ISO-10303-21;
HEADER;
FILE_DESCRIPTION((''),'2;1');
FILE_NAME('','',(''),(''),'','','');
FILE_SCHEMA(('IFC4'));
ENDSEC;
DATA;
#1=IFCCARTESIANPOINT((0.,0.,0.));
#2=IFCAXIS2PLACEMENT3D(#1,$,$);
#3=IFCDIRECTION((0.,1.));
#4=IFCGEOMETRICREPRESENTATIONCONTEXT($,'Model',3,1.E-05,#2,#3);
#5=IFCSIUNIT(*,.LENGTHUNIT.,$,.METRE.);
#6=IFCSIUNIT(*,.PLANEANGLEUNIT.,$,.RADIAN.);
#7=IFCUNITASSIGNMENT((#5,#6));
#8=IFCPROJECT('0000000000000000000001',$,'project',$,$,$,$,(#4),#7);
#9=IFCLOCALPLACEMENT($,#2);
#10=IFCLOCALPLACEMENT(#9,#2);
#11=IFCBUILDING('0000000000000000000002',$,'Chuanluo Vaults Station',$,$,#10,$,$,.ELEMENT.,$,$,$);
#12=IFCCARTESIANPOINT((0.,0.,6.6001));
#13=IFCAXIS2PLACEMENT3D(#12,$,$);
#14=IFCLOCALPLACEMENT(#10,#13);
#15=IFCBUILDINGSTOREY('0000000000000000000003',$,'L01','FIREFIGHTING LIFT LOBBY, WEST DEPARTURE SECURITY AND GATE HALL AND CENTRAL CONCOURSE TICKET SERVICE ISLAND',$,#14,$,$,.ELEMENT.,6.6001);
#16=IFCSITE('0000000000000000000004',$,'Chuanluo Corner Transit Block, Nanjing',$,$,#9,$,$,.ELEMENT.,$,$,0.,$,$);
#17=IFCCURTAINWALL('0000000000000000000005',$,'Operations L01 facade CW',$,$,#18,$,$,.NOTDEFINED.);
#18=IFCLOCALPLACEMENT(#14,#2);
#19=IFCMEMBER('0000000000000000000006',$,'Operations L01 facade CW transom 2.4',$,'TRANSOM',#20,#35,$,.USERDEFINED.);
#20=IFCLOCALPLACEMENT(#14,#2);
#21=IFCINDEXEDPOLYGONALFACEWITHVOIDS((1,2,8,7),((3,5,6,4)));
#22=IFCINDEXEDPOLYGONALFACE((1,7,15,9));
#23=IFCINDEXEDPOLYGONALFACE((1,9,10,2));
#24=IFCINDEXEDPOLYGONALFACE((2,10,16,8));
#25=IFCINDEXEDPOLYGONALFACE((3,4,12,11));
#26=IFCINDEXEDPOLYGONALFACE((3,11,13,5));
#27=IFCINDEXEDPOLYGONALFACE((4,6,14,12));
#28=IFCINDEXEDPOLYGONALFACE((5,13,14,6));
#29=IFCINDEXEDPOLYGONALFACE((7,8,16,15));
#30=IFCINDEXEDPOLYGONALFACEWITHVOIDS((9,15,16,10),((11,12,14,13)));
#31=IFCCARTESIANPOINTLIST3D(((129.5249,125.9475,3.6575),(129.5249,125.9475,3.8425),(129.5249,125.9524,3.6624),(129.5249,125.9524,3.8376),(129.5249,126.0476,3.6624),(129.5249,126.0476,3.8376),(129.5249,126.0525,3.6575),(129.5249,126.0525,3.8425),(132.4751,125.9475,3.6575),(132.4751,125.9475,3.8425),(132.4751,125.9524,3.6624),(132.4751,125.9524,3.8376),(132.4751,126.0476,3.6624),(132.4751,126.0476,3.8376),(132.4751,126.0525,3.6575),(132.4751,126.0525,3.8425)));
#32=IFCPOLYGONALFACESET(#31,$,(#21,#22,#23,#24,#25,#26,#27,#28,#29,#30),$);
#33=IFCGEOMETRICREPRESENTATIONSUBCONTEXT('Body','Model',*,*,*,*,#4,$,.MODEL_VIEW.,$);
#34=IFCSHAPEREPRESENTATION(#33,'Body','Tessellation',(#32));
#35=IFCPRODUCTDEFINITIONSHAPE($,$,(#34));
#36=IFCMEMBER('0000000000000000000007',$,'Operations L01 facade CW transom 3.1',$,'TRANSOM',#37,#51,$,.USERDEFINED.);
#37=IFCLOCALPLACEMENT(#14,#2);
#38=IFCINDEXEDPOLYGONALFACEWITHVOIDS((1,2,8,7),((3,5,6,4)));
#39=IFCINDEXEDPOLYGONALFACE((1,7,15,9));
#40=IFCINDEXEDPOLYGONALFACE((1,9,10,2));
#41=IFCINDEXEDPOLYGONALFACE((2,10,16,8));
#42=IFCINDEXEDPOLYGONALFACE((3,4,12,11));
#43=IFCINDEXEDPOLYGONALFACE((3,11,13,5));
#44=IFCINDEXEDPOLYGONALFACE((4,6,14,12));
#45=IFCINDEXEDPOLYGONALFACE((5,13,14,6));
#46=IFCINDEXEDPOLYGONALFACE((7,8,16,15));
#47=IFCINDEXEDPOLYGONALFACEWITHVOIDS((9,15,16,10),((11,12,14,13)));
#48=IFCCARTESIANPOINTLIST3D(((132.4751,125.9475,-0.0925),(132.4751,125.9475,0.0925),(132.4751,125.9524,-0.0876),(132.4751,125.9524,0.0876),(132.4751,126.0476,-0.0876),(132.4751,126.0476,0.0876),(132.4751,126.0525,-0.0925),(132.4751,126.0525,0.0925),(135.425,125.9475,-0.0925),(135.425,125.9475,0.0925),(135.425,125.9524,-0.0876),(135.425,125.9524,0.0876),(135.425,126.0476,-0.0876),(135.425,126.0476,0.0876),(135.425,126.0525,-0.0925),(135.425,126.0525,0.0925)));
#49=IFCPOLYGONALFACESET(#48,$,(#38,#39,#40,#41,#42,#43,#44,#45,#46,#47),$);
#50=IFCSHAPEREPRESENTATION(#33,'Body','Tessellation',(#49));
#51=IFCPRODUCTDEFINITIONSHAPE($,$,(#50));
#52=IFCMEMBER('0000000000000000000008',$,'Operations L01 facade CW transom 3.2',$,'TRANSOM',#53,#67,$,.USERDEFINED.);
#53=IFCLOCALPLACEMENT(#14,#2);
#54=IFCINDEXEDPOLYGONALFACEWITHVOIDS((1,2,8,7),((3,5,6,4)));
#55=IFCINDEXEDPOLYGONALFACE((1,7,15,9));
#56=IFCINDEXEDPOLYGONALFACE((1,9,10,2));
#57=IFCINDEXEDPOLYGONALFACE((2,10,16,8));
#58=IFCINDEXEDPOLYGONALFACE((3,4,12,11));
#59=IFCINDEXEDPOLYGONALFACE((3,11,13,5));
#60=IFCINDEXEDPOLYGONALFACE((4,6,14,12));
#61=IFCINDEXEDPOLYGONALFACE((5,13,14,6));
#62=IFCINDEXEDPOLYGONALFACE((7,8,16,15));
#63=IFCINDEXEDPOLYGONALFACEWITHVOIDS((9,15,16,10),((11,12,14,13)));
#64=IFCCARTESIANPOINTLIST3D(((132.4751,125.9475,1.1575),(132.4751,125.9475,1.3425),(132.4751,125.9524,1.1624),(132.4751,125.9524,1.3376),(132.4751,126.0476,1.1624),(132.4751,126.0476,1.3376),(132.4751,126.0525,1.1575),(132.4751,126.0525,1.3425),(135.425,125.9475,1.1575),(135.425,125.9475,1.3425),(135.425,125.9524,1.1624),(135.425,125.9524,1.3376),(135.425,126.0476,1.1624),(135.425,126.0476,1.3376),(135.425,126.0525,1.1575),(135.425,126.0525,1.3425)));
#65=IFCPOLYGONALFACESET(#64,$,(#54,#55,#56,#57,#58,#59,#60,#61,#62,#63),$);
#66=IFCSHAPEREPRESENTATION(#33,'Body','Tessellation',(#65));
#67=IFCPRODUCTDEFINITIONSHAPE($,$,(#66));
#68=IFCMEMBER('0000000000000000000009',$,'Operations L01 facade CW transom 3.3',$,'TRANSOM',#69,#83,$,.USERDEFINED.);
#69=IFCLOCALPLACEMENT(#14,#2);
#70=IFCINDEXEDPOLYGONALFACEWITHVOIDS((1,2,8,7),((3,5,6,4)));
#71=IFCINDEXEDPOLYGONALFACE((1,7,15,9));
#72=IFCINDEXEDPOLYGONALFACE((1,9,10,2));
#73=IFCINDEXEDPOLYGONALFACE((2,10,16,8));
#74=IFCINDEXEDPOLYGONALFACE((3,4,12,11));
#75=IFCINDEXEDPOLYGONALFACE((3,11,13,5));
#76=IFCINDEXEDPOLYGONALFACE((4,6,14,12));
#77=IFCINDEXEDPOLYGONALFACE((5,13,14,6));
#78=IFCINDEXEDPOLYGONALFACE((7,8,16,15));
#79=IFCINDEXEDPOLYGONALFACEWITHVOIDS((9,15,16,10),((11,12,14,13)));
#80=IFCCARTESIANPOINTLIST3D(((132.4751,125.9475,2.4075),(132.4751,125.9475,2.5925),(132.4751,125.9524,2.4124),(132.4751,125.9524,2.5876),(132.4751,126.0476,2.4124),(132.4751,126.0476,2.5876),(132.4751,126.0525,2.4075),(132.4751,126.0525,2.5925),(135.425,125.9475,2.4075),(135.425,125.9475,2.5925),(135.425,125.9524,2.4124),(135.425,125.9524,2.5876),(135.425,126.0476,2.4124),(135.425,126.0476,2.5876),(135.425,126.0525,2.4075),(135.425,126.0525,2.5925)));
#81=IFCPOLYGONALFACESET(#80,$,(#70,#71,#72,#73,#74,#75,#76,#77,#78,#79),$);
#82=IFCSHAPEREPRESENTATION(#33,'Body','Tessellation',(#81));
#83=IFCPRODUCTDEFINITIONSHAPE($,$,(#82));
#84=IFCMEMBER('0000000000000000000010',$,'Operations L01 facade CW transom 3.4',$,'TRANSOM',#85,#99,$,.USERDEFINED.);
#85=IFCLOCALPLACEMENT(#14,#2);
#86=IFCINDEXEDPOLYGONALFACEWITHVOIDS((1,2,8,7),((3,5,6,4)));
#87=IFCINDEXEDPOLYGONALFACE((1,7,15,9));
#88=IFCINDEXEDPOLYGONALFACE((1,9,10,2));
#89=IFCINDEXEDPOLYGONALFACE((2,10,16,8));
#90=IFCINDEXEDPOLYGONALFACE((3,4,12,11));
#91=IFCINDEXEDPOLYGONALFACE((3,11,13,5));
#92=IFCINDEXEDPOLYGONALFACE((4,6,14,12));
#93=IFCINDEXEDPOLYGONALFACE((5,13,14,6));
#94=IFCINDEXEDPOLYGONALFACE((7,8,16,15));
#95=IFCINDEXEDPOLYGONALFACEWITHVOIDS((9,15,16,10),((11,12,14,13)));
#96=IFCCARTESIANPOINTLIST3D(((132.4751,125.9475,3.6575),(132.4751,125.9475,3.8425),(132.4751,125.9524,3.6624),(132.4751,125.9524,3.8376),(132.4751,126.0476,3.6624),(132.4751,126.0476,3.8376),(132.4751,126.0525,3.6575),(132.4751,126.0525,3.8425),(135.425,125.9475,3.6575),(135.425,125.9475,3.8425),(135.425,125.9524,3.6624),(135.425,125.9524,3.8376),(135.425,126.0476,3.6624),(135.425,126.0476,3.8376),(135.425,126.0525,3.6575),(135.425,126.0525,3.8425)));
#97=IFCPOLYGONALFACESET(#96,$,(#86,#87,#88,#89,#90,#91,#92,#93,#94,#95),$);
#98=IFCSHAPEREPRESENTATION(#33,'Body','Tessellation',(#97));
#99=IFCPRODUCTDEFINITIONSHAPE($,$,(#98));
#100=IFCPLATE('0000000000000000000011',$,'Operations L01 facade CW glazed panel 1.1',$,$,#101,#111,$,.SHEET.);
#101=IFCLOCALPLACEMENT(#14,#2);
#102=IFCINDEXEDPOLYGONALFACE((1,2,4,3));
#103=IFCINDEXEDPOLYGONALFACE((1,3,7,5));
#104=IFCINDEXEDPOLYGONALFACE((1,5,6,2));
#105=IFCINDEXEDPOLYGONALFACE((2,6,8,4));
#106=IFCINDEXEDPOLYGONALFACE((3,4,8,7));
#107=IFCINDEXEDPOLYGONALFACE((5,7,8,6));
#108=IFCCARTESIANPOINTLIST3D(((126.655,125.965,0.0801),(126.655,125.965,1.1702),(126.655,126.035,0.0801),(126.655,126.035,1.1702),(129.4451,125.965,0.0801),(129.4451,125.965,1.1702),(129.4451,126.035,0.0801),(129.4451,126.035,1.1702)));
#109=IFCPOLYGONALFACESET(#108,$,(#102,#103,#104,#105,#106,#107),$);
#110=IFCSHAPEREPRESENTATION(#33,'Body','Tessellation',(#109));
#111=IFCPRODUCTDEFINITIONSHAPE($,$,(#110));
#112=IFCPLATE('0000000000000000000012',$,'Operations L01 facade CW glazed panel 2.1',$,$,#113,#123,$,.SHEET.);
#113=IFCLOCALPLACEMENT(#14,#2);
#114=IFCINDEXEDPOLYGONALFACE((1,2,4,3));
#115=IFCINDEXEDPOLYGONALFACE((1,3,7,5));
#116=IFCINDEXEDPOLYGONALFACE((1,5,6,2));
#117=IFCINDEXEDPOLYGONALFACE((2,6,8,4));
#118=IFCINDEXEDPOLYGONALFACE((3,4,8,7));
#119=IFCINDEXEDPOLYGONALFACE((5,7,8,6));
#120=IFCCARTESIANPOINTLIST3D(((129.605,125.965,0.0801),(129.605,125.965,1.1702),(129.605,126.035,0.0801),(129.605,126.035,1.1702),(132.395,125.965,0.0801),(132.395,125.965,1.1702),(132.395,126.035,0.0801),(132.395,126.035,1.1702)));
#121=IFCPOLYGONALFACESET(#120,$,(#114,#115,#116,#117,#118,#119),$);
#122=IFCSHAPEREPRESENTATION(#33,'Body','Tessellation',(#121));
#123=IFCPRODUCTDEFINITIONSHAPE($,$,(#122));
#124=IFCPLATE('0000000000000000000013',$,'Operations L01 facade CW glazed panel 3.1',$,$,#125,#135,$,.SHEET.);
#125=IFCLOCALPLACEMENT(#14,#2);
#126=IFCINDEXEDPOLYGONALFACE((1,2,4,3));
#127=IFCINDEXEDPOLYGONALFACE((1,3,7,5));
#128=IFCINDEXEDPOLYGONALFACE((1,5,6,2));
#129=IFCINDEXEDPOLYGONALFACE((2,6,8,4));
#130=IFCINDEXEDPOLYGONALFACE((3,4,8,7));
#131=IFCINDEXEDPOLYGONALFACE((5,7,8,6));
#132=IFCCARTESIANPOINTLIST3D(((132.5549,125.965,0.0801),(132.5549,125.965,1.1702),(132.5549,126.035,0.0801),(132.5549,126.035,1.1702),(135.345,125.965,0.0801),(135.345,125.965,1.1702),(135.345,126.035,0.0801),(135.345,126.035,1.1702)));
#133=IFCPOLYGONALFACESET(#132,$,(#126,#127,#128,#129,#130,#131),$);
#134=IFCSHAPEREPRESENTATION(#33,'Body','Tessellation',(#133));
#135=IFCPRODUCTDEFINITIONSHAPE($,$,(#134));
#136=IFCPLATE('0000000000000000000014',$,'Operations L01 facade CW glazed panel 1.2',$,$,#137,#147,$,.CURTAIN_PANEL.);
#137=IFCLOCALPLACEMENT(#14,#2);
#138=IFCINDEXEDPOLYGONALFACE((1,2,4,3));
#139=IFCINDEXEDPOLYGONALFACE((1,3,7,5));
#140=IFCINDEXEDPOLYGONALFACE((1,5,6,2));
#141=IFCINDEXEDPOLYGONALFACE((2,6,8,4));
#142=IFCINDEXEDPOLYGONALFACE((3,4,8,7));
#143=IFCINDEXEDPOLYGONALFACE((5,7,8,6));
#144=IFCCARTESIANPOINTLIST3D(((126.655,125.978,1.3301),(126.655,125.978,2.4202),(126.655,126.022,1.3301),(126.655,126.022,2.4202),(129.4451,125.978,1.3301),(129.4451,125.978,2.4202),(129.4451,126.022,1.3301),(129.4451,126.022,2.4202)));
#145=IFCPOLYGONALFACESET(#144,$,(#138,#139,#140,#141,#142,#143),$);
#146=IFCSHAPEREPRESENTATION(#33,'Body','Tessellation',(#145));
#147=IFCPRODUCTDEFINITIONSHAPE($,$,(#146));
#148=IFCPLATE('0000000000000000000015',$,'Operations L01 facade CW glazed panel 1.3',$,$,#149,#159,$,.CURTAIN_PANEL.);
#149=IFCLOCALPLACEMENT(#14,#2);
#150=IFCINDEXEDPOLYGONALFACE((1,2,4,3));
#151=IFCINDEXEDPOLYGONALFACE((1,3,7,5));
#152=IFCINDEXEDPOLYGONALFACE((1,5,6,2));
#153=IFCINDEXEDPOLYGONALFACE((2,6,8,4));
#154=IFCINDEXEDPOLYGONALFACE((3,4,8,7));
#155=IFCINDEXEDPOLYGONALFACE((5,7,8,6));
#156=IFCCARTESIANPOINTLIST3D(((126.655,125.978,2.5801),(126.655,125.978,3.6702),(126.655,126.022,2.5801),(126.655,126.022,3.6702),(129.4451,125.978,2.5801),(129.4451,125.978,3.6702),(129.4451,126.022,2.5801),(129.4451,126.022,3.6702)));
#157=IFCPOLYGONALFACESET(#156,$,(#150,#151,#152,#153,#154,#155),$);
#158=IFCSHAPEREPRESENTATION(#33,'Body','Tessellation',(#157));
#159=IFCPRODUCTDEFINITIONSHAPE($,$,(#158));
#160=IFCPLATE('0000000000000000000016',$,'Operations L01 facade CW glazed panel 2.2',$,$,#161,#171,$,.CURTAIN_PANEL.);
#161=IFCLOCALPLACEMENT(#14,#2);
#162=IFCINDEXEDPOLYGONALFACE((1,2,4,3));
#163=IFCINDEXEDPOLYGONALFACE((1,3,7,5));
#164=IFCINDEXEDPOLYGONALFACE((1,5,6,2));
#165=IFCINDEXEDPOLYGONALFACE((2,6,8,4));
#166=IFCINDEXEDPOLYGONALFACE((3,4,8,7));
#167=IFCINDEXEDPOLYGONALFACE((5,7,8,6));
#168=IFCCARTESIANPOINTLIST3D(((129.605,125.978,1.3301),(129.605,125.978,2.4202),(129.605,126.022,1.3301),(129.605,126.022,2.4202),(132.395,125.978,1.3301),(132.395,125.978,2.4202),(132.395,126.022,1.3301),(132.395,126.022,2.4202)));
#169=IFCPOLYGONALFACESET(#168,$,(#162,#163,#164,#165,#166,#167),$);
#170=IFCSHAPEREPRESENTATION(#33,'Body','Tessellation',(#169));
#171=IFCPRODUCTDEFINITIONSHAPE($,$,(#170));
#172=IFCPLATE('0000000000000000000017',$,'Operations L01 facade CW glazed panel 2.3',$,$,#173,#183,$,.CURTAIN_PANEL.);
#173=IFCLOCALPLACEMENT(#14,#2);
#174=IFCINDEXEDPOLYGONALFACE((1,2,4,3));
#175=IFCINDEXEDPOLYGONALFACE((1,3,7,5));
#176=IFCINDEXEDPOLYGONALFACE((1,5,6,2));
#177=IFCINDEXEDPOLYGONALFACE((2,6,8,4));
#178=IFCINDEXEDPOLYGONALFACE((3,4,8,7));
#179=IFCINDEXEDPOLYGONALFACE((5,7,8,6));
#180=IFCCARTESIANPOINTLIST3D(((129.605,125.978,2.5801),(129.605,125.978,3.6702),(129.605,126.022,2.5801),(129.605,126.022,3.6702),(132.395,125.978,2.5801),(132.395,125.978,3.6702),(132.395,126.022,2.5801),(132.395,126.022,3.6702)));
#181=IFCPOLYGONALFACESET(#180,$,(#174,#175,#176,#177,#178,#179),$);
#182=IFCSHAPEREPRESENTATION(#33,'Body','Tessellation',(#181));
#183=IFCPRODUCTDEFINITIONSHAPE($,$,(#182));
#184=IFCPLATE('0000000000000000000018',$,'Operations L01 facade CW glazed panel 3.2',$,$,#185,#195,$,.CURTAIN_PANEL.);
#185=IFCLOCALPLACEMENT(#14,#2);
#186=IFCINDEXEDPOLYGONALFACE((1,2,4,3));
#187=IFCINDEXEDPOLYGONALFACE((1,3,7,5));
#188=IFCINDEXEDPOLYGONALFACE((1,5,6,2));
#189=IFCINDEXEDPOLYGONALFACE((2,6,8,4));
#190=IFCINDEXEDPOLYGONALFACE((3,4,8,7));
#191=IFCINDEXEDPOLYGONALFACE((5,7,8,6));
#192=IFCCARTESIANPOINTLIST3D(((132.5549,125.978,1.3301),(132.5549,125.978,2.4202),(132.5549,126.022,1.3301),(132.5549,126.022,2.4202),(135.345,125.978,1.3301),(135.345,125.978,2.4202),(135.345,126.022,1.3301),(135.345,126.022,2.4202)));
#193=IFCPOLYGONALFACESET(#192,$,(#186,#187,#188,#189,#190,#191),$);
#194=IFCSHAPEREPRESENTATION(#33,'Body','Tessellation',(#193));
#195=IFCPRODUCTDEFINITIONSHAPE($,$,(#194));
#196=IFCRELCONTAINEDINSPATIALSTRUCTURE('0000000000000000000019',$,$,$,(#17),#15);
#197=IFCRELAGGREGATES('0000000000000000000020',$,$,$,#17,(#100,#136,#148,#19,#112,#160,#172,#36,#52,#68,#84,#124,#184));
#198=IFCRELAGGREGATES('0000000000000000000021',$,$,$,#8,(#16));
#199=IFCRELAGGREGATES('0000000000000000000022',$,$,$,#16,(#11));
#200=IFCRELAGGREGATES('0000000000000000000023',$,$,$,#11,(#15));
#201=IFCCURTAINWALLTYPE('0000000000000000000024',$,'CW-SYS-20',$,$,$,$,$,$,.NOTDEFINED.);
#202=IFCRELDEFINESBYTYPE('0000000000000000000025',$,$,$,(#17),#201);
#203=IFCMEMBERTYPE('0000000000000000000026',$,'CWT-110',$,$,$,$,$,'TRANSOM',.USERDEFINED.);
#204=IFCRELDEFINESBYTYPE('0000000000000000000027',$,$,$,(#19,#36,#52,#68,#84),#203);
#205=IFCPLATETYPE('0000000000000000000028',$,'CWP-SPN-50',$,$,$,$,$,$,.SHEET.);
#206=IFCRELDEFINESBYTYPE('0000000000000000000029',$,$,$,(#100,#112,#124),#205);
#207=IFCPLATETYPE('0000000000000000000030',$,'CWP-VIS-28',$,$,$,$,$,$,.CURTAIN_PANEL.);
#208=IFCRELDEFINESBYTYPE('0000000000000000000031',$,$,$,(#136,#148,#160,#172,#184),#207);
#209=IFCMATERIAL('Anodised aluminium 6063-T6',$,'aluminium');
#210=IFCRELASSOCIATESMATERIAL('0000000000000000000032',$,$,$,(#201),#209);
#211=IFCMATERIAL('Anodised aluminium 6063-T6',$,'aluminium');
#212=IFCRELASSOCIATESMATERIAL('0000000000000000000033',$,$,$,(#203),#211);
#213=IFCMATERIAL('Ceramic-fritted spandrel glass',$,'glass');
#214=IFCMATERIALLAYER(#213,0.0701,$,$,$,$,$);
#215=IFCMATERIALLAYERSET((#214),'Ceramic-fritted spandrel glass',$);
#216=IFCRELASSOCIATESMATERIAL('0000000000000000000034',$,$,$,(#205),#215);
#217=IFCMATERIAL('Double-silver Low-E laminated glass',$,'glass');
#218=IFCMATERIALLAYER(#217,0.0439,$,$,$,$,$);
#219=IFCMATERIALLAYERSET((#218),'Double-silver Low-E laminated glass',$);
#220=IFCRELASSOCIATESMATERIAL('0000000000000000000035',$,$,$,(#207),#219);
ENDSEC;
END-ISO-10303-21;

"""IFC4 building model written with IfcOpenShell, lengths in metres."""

from ifc_helpers import new_model, si_unit, direction, frame, origin, origin_2d, place, context, subcontext, project, spatial, rectangle, hollow_rectangle, extrude, material, layer, layer_set, material_profile, profile_set, type_object, element, aggregate, save


model = new_model("IFC4")

# Units and contexts
model_context = context("Model", 3, precision=1e-05, world=origin(), true_north=direction((0.0, 1.0)))
body_context = subcontext(model_context, "Body", "Model", "MODEL_VIEW")
ifc_project = project(units=[si_unit("LENGTHUNIT", "METRE"), si_unit("PLANEANGLEUNIT", "RADIAN")], contexts=[model_context])

# Site, building, storey
site_placement = place(None, origin())
site = spatial("IfcSite", under=ifc_project, at=site_placement, Name="Chuanluo Corner Transit Block, Nanjing", CompositionType="ELEMENT", RefElevation=0.0)
building_placement = place(site_placement, origin())
building = spatial("IfcBuilding", under=site, at=building_placement, Name="Chuanluo Vaults Station", CompositionType="ELEMENT")
storey_placement = place(building_placement, frame((0.0, 0.0, 6.6001)))
storey = spatial("IfcBuildingStorey", under=building, at=storey_placement, Name="L01", Description="FIREFIGHTING LIFT LOBBY, WEST DEPARTURE SECURITY AND GATE HALL AND CENTRAL CONCOURSE TICKET SERVICE ISLAND", CompositionType="ELEMENT", Elevation=6.6001)

# Curtain wall, members, plates
ifc_material_1 = material(Name="Anodised aluminium 6063-T6", Category="aluminium")
curtain_wall_type = type_object("IfcCurtainWallType", Name="CW-SYS-20", PredefinedType="NOTDEFINED", material=ifc_material_1)
curtain_wall_placement = place(storey_placement, origin())
curtain_wall = element("IfcCurtainWall", 1, at=curtain_wall_placement, inside=storey, type_object=curtain_wall_type, Name="Operations L01 facade CW", PredefinedType="NOTDEFINED")
ifc_material_2 = material(Name="Anodised aluminium 6063-T6", Category="aluminium")
ifc_material_profile_1 = material_profile(ifc_material_2, hollow_rectangle(XDim=0.105, YDim=0.1851, WallThickness=0.0049, at=origin_2d()))
ifc_profile_set_1 = profile_set([ifc_material_profile_1], Name="Anodised aluminium 6063-T6")
member_type_1 = type_object("IfcMemberType", Name="CWT-110", ElementType="TRANSOM", PredefinedType="USERDEFINED", material=ifc_profile_set_1)
member_1_placement = place(storey_placement, frame((129.5249, 126.0, 3.75), z_axis=(1.0, 0.0, 0.0), x_axis=(0.0, 1.0, 0.0)))
member_1 = element("IfcMember", 2, at=member_1_placement, type_object=member_type_1, Name="Operations L01 facade CW transom 2.4", ObjectType="TRANSOM", PredefinedType="USERDEFINED", context=body_context, shape_type="SweptSolid", body=[
    extrude(hollow_rectangle(XDim=0.105, YDim=0.1851, WallThickness=0.0049, at=origin_2d()), origin(), (0.0, 0.0, 1.0), 2.9502),
])
member_2_placement = place(storey_placement, frame((132.4751, 126.0, 0.0), z_axis=(1.0, 0.0, 0.0), x_axis=(0.0, 1.0, 0.0)))
member_2 = element("IfcMember", 3, at=member_2_placement, type_object=member_type_1, Name="Operations L01 facade CW transom 3.1", ObjectType="TRANSOM", PredefinedType="USERDEFINED", context=body_context, shape_type="SweptSolid", body=[
    extrude(hollow_rectangle(XDim=0.105, YDim=0.1851, WallThickness=0.0049, at=origin_2d()), origin(), (0.0, 0.0, 1.0), 2.95),
])
member_3_placement = place(storey_placement, frame((132.4751, 126.0, 1.25), z_axis=(1.0, 0.0, 0.0), x_axis=(0.0, 1.0, 0.0)))
member_3 = element("IfcMember", 4, at=member_3_placement, type_object=member_type_1, Name="Operations L01 facade CW transom 3.2", ObjectType="TRANSOM", PredefinedType="USERDEFINED", context=body_context, shape_type="SweptSolid", body=[
    extrude(hollow_rectangle(XDim=0.105, YDim=0.1851, WallThickness=0.0049, at=origin_2d()), origin(), (0.0, 0.0, 1.0), 2.95),
])
member_4_placement = place(storey_placement, frame((132.4751, 126.0, 2.5), z_axis=(1.0, 0.0, 0.0), x_axis=(0.0, 1.0, 0.0)))
member_4 = element("IfcMember", 5, at=member_4_placement, type_object=member_type_1, Name="Operations L01 facade CW transom 3.3", ObjectType="TRANSOM", PredefinedType="USERDEFINED", context=body_context, shape_type="SweptSolid", body=[
    extrude(hollow_rectangle(XDim=0.105, YDim=0.1851, WallThickness=0.0049, at=origin_2d()), origin(), (0.0, 0.0, 1.0), 2.95),
])
member_5_placement = place(storey_placement, frame((132.4751, 126.0, 3.75), z_axis=(1.0, 0.0, 0.0), x_axis=(0.0, 1.0, 0.0)))
member_5 = element("IfcMember", 6, at=member_5_placement, type_object=member_type_1, Name="Operations L01 facade CW transom 3.4", ObjectType="TRANSOM", PredefinedType="USERDEFINED", context=body_context, shape_type="SweptSolid", body=[
    extrude(hollow_rectangle(XDim=0.105, YDim=0.1851, WallThickness=0.0049, at=origin_2d()), origin(), (0.0, 0.0, 1.0), 2.95),
])
ifc_material_3 = material(Name="Ceramic-fritted spandrel glass", Category="glass")
ifc_layer_1 = layer(ifc_material_3, 0.0701)
ifc_layer_set_1 = layer_set([ifc_layer_1], Name="Ceramic-fritted spandrel glass")
plate_type_1 = type_object("IfcPlateType", Name="CWP-SPN-50", PredefinedType="SHEET", material=ifc_layer_set_1)
plate_1_placement = place(storey_placement, frame((128.05, 126.0, 0.0801), z_axis=(0.0, 0.0, 1.0), x_axis=(1.0, 0.0, 0.0)))
plate_1 = element("IfcPlate", 7, at=plate_1_placement, type_object=plate_type_1, Name="Operations L01 facade CW glazed panel 1.1", PredefinedType="SHEET", context=body_context, shape_type="SweptSolid", body=[
    extrude(rectangle(XDim=2.79, YDim=0.0701, at=origin_2d()), origin(), (0.0, 0.0, 1.0), 1.0901),
])
plate_2_placement = place(storey_placement, frame((131.0, 126.0, 0.0801), z_axis=(0.0, 0.0, 1.0), x_axis=(1.0, 0.0, 0.0)))
plate_2 = element("IfcPlate", 8, at=plate_2_placement, type_object=plate_type_1, Name="Operations L01 facade CW glazed panel 2.1", PredefinedType="SHEET", context=body_context, shape_type="SweptSolid", body=[
    extrude(rectangle(XDim=2.79, YDim=0.0701, at=origin_2d()), origin(), (0.0, 0.0, 1.0), 1.0901),
])
plate_3_placement = place(storey_placement, frame((133.95, 126.0, 0.0801), z_axis=(0.0, 0.0, 1.0), x_axis=(1.0, 0.0, 0.0)))
plate_3 = element("IfcPlate", 9, at=plate_3_placement, type_object=plate_type_1, Name="Operations L01 facade CW glazed panel 3.1", PredefinedType="SHEET", context=body_context, shape_type="SweptSolid", body=[
    extrude(rectangle(XDim=2.79, YDim=0.0701, at=origin_2d()), origin(), (0.0, 0.0, 1.0), 1.0901),
])
ifc_material_4 = material(Name="Double-silver Low-E laminated glass", Category="glass")
ifc_layer_2 = layer(ifc_material_4, 0.0439)
ifc_layer_set_2 = layer_set([ifc_layer_2], Name="Double-silver Low-E laminated glass")
plate_type_2 = type_object("IfcPlateType", Name="CWP-VIS-28", PredefinedType="CURTAIN_PANEL", material=ifc_layer_set_2)
plate_4_placement = place(storey_placement, frame((128.05, 126.0, 1.3301), z_axis=(0.0, 0.0, 1.0), x_axis=(1.0, 0.0, 0.0)))
plate_4 = element("IfcPlate", 10, at=plate_4_placement, type_object=plate_type_2, Name="Operations L01 facade CW glazed panel 1.2", PredefinedType="CURTAIN_PANEL", context=body_context, shape_type="SweptSolid", body=[
    extrude(rectangle(XDim=2.79, YDim=0.0439, at=origin_2d()), origin(), (0.0, 0.0, 1.0), 1.0901),
])
plate_5_placement = place(storey_placement, frame((128.05, 126.0, 2.5801), z_axis=(0.0, 0.0, 1.0), x_axis=(1.0, 0.0, 0.0)))
plate_5 = element("IfcPlate", 11, at=plate_5_placement, type_object=plate_type_2, Name="Operations L01 facade CW glazed panel 1.3", PredefinedType="CURTAIN_PANEL", context=body_context, shape_type="SweptSolid", body=[
    extrude(rectangle(XDim=2.79, YDim=0.0439, at=origin_2d()), origin(), (0.0, 0.0, 1.0), 1.0901),
])
plate_6_placement = place(storey_placement, frame((131.0, 126.0, 1.3301), z_axis=(0.0, 0.0, 1.0), x_axis=(1.0, 0.0, 0.0)))
plate_6 = element("IfcPlate", 12, at=plate_6_placement, type_object=plate_type_2, Name="Operations L01 facade CW glazed panel 2.2", PredefinedType="CURTAIN_PANEL", context=body_context, shape_type="SweptSolid", body=[
    extrude(rectangle(XDim=2.79, YDim=0.0439, at=origin_2d()), origin(), (0.0, 0.0, 1.0), 1.0901),
])
plate_7_placement = place(storey_placement, frame((131.0, 126.0, 2.5801), z_axis=(0.0, 0.0, 1.0), x_axis=(1.0, 0.0, 0.0)))
plate_7 = element("IfcPlate", 13, at=plate_7_placement, type_object=plate_type_2, Name="Operations L01 facade CW glazed panel 2.3", PredefinedType="CURTAIN_PANEL", context=body_context, shape_type="SweptSolid", body=[
    extrude(rectangle(XDim=2.79, YDim=0.0439, at=origin_2d()), origin(), (0.0, 0.0, 1.0), 1.0901),
])
plate_8_placement = place(storey_placement, frame((133.95, 126.0, 1.3301), z_axis=(0.0, 0.0, 1.0), x_axis=(1.0, 0.0, 0.0)))
plate_8 = element("IfcPlate", 14, at=plate_8_placement, type_object=plate_type_2, Name="Operations L01 facade CW glazed panel 3.2", PredefinedType="CURTAIN_PANEL", context=body_context, shape_type="SweptSolid", body=[
    extrude(rectangle(XDim=2.79, YDim=0.0439, at=origin_2d()), origin(), (0.0, 0.0, 1.0), 1.0901),
])
aggregate(curtain_wall, [plate_1, plate_4, plate_5, member_1, plate_2, plate_6, plate_7, member_2, member_3, member_4, member_5, plate_3, plate_8])

save(model, "model.ifc")
